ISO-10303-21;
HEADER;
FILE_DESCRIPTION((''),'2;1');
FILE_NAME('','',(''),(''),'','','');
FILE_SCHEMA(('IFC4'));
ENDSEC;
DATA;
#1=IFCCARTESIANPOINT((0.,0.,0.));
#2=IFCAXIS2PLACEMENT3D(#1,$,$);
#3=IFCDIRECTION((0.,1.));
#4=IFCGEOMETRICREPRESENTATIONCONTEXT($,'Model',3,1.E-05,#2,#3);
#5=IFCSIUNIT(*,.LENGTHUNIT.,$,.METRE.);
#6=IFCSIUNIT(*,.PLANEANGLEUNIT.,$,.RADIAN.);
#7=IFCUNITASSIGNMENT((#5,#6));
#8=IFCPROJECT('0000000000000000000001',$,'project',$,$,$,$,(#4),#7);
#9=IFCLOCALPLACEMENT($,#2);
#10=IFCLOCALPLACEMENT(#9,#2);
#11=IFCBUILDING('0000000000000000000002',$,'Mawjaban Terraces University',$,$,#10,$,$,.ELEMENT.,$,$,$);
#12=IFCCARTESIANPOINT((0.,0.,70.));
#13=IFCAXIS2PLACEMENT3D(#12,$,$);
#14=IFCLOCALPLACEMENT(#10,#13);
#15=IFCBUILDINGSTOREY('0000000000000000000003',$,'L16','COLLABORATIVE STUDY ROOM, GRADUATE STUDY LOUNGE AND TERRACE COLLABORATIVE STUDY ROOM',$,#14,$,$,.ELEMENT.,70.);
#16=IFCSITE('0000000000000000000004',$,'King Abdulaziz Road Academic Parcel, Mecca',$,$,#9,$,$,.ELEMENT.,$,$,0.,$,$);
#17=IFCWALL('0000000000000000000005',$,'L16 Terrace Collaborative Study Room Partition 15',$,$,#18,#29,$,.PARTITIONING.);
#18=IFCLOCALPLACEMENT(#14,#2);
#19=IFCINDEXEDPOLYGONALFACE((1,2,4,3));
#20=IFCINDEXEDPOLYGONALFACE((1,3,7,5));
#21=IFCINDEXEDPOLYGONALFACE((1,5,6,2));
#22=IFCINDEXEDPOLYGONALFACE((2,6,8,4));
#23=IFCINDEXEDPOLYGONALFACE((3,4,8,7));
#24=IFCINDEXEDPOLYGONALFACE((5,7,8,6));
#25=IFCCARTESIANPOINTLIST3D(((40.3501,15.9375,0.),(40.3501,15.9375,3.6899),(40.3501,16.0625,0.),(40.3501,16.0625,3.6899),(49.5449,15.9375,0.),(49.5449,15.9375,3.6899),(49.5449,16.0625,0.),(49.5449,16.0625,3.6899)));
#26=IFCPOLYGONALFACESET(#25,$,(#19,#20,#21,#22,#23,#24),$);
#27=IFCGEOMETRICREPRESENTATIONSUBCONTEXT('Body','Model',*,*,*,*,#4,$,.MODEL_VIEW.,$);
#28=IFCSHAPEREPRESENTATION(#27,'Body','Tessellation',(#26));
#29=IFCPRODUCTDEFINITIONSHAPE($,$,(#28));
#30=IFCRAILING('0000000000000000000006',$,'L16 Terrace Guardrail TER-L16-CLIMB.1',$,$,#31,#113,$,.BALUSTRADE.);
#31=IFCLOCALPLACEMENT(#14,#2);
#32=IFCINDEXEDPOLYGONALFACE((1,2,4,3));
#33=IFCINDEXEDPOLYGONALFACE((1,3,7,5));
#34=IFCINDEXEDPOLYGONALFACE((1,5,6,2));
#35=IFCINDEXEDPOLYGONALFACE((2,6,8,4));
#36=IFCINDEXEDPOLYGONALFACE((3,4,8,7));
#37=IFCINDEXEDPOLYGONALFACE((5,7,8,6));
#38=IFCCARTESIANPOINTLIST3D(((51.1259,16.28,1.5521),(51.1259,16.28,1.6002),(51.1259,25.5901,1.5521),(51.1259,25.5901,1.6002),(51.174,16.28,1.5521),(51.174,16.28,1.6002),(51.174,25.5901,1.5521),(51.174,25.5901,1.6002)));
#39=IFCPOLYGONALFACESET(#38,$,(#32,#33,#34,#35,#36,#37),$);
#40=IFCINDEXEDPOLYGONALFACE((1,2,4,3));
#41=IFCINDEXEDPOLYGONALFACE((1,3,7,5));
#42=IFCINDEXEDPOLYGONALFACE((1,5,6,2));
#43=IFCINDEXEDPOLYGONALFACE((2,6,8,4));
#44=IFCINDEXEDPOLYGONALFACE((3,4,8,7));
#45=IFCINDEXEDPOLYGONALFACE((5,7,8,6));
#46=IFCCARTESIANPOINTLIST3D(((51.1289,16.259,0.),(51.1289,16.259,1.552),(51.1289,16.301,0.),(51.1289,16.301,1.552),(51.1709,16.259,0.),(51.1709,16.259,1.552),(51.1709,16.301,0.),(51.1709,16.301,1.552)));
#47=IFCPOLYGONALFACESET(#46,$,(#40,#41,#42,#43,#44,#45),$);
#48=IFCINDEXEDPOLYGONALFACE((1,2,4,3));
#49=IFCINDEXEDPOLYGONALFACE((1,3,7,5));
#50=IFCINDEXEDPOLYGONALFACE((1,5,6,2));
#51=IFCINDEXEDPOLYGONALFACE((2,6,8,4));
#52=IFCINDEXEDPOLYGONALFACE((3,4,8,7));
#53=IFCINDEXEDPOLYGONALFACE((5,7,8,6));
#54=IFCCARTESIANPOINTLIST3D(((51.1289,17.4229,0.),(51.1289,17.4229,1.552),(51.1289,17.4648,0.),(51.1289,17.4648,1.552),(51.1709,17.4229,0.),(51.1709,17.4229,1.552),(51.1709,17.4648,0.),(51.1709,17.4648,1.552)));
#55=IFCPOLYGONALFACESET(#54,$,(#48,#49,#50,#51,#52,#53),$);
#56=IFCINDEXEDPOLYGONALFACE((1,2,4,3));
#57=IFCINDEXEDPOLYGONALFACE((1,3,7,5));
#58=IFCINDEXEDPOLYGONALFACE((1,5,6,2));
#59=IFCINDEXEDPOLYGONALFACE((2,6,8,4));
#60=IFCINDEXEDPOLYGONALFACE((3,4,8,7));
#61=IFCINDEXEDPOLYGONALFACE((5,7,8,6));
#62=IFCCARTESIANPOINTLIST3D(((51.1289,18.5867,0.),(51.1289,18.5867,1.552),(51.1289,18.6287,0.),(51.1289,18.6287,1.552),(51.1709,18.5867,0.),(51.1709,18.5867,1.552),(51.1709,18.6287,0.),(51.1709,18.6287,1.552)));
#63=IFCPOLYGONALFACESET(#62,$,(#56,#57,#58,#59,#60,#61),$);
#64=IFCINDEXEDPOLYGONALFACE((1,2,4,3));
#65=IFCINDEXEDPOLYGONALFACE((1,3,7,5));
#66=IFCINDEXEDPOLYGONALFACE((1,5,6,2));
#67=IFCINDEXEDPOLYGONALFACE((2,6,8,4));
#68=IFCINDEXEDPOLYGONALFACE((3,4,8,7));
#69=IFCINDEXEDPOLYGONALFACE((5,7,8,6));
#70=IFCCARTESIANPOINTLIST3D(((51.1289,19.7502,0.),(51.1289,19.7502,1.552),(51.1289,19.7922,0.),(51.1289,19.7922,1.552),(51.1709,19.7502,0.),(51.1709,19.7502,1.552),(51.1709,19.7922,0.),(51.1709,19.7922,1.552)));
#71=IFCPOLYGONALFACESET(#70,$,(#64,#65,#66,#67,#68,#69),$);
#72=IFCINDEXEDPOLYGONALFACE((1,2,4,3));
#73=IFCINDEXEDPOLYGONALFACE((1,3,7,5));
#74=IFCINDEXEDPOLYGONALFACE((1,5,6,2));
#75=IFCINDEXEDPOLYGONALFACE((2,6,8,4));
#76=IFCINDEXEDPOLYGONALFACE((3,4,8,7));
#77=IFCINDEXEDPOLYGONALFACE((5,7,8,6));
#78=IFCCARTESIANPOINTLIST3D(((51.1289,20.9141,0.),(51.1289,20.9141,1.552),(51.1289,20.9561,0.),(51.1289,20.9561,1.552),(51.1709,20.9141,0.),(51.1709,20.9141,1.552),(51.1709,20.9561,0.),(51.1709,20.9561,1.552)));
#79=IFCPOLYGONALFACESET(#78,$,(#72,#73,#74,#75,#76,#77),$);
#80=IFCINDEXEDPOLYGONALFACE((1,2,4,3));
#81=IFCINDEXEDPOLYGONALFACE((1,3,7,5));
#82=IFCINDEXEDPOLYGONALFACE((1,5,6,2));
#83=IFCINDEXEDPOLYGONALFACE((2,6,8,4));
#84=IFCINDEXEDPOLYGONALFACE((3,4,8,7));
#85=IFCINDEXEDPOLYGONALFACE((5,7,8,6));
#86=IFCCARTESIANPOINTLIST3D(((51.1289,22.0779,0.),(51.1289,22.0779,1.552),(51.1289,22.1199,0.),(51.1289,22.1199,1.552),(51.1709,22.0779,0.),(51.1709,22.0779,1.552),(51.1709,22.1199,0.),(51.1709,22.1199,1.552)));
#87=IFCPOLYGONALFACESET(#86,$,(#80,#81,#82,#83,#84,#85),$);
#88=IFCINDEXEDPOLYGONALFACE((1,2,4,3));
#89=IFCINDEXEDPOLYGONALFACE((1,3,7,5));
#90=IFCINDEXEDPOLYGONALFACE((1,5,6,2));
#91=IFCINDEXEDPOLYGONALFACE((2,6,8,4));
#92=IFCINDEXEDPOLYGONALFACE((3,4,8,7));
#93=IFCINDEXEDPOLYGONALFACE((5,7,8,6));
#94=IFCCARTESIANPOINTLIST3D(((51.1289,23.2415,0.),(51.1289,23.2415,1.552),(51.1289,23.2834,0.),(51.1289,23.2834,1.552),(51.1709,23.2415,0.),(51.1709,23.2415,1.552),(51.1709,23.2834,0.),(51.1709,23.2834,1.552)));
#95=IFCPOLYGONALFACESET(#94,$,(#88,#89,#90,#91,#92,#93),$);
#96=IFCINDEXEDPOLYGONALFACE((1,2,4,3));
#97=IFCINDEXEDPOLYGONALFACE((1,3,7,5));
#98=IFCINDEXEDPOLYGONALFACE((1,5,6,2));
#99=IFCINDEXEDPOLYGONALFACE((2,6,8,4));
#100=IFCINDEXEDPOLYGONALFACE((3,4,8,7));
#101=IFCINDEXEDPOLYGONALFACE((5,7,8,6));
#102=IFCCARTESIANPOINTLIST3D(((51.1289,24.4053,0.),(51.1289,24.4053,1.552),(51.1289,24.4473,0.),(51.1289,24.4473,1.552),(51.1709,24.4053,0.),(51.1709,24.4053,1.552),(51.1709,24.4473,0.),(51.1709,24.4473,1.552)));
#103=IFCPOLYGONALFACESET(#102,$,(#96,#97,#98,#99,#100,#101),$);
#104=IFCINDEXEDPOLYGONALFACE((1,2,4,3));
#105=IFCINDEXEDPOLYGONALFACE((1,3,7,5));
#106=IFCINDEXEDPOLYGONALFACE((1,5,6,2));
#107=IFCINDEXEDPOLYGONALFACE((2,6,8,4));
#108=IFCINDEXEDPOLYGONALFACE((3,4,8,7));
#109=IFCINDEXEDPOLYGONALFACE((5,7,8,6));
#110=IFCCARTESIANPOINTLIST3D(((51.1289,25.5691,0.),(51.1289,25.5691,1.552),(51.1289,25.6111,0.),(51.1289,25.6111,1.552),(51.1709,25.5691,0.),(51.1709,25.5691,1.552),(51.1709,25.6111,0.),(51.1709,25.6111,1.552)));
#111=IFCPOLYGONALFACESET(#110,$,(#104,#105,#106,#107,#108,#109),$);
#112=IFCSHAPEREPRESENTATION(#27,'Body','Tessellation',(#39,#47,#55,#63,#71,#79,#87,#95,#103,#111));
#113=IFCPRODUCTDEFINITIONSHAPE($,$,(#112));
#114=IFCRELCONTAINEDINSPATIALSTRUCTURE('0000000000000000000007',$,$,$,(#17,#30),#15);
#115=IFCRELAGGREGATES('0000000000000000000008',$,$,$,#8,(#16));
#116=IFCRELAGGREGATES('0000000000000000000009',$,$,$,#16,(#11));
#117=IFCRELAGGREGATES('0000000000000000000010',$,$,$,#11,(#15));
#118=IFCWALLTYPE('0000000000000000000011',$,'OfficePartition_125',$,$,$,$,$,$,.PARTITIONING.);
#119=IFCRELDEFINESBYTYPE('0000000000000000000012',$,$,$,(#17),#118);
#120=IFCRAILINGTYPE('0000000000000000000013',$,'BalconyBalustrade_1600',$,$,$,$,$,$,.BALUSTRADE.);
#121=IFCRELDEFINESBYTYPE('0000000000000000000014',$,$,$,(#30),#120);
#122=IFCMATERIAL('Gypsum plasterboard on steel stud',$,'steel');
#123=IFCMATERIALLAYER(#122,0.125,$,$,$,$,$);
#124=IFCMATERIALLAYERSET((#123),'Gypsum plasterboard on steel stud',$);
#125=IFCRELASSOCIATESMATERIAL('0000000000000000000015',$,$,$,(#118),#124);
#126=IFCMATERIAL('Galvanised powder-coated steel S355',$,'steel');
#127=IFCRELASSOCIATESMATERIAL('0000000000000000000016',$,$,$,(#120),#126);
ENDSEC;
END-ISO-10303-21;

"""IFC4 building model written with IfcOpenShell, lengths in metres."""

from ifc_helpers import new_model, si_unit, direction, frame, frame_2d, origin, origin_2d, place, context, subcontext, project, spatial, rectangle, extrude, material, layer, layer_set, type_object, element, save


model = new_model("IFC4")

# Units and contexts
model_context = context("Model", 3, precision=1e-05, world=origin(), true_north=direction((0.0, 1.0)))
body_context = subcontext(model_context, "Body", "Model", "MODEL_VIEW")
ifc_project = project(units=[si_unit("LENGTHUNIT", "METRE"), si_unit("PLANEANGLEUNIT", "RADIAN")], contexts=[model_context])

# Site, building, storey
site_placement = place(None, origin())
site = spatial("IfcSite", under=ifc_project, at=site_placement, Name="King Abdulaziz Road Academic Parcel, Mecca", CompositionType="ELEMENT", RefElevation=0.0)
building_placement = place(site_placement, origin())
building = spatial("IfcBuilding", under=site, at=building_placement, Name="Mawjaban Terraces University", CompositionType="ELEMENT")
storey_placement = place(building_placement, frame((0.0, 0.0, 70.0)))
storey = spatial("IfcBuildingStorey", under=building, at=storey_placement, Name="L16", Description="COLLABORATIVE STUDY ROOM, GRADUATE STUDY LOUNGE AND TERRACE COLLABORATIVE STUDY ROOM", CompositionType="ELEMENT", Elevation=70.0)

# Wall
ifc_material_1 = material(Name="Gypsum plasterboard on steel stud", Category="steel")
ifc_layer_1 = layer(ifc_material_1, 0.125)
ifc_layer_set_1 = layer_set([ifc_layer_1], Name="Gypsum plasterboard on steel stud")
wall_type_1 = type_object("IfcWallType", Name="OfficePartition_125", PredefinedType="PARTITIONING", material=ifc_layer_set_1)
wall_1_placement = place(storey_placement, frame((40.3501, 16.0, 0.0), z_axis=(0.0, 0.0, 1.0), x_axis=(1.0, 0.0, 0.0)))
element("IfcWall", 1, at=wall_1_placement, inside=storey, type_object=wall_type_1, Name="L16 Terrace Collaborative Study Room Partition 15", PredefinedType="PARTITIONING", context=body_context, shape_type="SweptSolid", body=[
    extrude(rectangle(XDim=9.1948, YDim=0.125, at=frame_2d((4.5974, 0.0))), origin(), (0.0, 0.0, 1.0), 3.6899),
])

# Railing
ifc_material_2 = material(Name="Galvanised powder-coated steel S355", Category="steel")
railing_type = type_object("IfcRailingType", Name="BalconyBalustrade_1600", PredefinedType="BALUSTRADE", material=ifc_material_2)
railing_placement = place(storey_placement, frame((51.1499, 16.28, 0.0)))
element("IfcRailing", 2, at=railing_placement, inside=storey, type_object=railing_type, Name="L16 Terrace Guardrail TER-L16-CLIMB.1", PredefinedType="BALUSTRADE", context=body_context, shape_type="SweptSolid", body=[
    extrude(rectangle(XDim=0.0481, YDim=0.0481, at=origin_2d()), frame((0.0, 0.0, 1.5762), z_axis=(0.0, 1.0, 0.0), x_axis=(-1.0, 0.0, 0.0)), (0.0, 0.0, 1.0), 9.3101),
    extrude(rectangle(XDim=0.042, YDim=0.042, at=origin_2d()), origin(), (0.0, 0.0, 1.0), 1.552),
    extrude(rectangle(XDim=0.042, YDim=0.042, at=origin_2d()), frame((0.0, 1.1638, 0.0)), (0.0, 0.0, 1.0), 1.552),
    extrude(rectangle(XDim=0.042, YDim=0.042, at=origin_2d()), frame((0.0, 2.3276, 0.0)), (0.0, 0.0, 1.0), 1.552),
    extrude(rectangle(XDim=0.042, YDim=0.042, at=origin_2d()), frame((0.0, 3.4912, 0.0)), (0.0, 0.0, 1.0), 1.552),
    extrude(rectangle(XDim=0.042, YDim=0.042, at=origin_2d()), frame((0.0, 4.655, 0.0)), (0.0, 0.0, 1.0), 1.552),
    extrude(rectangle(XDim=0.042, YDim=0.042, at=origin_2d()), frame((0.0, 5.8188, 0.0)), (0.0, 0.0, 1.0), 1.552),
    extrude(rectangle(XDim=0.042, YDim=0.042, at=origin_2d()), frame((0.0, 6.9824, 0.0)), (0.0, 0.0, 1.0), 1.552),
    extrude(rectangle(XDim=0.042, YDim=0.042, at=origin_2d()), frame((0.0, 8.1462, 0.0)), (0.0, 0.0, 1.0), 1.552),
    extrude(rectangle(XDim=0.042, YDim=0.042, at=origin_2d()), frame((0.0, 9.3101, 0.0)), (0.0, 0.0, 1.0), 1.552),
])

save(model, "model.ifc")
